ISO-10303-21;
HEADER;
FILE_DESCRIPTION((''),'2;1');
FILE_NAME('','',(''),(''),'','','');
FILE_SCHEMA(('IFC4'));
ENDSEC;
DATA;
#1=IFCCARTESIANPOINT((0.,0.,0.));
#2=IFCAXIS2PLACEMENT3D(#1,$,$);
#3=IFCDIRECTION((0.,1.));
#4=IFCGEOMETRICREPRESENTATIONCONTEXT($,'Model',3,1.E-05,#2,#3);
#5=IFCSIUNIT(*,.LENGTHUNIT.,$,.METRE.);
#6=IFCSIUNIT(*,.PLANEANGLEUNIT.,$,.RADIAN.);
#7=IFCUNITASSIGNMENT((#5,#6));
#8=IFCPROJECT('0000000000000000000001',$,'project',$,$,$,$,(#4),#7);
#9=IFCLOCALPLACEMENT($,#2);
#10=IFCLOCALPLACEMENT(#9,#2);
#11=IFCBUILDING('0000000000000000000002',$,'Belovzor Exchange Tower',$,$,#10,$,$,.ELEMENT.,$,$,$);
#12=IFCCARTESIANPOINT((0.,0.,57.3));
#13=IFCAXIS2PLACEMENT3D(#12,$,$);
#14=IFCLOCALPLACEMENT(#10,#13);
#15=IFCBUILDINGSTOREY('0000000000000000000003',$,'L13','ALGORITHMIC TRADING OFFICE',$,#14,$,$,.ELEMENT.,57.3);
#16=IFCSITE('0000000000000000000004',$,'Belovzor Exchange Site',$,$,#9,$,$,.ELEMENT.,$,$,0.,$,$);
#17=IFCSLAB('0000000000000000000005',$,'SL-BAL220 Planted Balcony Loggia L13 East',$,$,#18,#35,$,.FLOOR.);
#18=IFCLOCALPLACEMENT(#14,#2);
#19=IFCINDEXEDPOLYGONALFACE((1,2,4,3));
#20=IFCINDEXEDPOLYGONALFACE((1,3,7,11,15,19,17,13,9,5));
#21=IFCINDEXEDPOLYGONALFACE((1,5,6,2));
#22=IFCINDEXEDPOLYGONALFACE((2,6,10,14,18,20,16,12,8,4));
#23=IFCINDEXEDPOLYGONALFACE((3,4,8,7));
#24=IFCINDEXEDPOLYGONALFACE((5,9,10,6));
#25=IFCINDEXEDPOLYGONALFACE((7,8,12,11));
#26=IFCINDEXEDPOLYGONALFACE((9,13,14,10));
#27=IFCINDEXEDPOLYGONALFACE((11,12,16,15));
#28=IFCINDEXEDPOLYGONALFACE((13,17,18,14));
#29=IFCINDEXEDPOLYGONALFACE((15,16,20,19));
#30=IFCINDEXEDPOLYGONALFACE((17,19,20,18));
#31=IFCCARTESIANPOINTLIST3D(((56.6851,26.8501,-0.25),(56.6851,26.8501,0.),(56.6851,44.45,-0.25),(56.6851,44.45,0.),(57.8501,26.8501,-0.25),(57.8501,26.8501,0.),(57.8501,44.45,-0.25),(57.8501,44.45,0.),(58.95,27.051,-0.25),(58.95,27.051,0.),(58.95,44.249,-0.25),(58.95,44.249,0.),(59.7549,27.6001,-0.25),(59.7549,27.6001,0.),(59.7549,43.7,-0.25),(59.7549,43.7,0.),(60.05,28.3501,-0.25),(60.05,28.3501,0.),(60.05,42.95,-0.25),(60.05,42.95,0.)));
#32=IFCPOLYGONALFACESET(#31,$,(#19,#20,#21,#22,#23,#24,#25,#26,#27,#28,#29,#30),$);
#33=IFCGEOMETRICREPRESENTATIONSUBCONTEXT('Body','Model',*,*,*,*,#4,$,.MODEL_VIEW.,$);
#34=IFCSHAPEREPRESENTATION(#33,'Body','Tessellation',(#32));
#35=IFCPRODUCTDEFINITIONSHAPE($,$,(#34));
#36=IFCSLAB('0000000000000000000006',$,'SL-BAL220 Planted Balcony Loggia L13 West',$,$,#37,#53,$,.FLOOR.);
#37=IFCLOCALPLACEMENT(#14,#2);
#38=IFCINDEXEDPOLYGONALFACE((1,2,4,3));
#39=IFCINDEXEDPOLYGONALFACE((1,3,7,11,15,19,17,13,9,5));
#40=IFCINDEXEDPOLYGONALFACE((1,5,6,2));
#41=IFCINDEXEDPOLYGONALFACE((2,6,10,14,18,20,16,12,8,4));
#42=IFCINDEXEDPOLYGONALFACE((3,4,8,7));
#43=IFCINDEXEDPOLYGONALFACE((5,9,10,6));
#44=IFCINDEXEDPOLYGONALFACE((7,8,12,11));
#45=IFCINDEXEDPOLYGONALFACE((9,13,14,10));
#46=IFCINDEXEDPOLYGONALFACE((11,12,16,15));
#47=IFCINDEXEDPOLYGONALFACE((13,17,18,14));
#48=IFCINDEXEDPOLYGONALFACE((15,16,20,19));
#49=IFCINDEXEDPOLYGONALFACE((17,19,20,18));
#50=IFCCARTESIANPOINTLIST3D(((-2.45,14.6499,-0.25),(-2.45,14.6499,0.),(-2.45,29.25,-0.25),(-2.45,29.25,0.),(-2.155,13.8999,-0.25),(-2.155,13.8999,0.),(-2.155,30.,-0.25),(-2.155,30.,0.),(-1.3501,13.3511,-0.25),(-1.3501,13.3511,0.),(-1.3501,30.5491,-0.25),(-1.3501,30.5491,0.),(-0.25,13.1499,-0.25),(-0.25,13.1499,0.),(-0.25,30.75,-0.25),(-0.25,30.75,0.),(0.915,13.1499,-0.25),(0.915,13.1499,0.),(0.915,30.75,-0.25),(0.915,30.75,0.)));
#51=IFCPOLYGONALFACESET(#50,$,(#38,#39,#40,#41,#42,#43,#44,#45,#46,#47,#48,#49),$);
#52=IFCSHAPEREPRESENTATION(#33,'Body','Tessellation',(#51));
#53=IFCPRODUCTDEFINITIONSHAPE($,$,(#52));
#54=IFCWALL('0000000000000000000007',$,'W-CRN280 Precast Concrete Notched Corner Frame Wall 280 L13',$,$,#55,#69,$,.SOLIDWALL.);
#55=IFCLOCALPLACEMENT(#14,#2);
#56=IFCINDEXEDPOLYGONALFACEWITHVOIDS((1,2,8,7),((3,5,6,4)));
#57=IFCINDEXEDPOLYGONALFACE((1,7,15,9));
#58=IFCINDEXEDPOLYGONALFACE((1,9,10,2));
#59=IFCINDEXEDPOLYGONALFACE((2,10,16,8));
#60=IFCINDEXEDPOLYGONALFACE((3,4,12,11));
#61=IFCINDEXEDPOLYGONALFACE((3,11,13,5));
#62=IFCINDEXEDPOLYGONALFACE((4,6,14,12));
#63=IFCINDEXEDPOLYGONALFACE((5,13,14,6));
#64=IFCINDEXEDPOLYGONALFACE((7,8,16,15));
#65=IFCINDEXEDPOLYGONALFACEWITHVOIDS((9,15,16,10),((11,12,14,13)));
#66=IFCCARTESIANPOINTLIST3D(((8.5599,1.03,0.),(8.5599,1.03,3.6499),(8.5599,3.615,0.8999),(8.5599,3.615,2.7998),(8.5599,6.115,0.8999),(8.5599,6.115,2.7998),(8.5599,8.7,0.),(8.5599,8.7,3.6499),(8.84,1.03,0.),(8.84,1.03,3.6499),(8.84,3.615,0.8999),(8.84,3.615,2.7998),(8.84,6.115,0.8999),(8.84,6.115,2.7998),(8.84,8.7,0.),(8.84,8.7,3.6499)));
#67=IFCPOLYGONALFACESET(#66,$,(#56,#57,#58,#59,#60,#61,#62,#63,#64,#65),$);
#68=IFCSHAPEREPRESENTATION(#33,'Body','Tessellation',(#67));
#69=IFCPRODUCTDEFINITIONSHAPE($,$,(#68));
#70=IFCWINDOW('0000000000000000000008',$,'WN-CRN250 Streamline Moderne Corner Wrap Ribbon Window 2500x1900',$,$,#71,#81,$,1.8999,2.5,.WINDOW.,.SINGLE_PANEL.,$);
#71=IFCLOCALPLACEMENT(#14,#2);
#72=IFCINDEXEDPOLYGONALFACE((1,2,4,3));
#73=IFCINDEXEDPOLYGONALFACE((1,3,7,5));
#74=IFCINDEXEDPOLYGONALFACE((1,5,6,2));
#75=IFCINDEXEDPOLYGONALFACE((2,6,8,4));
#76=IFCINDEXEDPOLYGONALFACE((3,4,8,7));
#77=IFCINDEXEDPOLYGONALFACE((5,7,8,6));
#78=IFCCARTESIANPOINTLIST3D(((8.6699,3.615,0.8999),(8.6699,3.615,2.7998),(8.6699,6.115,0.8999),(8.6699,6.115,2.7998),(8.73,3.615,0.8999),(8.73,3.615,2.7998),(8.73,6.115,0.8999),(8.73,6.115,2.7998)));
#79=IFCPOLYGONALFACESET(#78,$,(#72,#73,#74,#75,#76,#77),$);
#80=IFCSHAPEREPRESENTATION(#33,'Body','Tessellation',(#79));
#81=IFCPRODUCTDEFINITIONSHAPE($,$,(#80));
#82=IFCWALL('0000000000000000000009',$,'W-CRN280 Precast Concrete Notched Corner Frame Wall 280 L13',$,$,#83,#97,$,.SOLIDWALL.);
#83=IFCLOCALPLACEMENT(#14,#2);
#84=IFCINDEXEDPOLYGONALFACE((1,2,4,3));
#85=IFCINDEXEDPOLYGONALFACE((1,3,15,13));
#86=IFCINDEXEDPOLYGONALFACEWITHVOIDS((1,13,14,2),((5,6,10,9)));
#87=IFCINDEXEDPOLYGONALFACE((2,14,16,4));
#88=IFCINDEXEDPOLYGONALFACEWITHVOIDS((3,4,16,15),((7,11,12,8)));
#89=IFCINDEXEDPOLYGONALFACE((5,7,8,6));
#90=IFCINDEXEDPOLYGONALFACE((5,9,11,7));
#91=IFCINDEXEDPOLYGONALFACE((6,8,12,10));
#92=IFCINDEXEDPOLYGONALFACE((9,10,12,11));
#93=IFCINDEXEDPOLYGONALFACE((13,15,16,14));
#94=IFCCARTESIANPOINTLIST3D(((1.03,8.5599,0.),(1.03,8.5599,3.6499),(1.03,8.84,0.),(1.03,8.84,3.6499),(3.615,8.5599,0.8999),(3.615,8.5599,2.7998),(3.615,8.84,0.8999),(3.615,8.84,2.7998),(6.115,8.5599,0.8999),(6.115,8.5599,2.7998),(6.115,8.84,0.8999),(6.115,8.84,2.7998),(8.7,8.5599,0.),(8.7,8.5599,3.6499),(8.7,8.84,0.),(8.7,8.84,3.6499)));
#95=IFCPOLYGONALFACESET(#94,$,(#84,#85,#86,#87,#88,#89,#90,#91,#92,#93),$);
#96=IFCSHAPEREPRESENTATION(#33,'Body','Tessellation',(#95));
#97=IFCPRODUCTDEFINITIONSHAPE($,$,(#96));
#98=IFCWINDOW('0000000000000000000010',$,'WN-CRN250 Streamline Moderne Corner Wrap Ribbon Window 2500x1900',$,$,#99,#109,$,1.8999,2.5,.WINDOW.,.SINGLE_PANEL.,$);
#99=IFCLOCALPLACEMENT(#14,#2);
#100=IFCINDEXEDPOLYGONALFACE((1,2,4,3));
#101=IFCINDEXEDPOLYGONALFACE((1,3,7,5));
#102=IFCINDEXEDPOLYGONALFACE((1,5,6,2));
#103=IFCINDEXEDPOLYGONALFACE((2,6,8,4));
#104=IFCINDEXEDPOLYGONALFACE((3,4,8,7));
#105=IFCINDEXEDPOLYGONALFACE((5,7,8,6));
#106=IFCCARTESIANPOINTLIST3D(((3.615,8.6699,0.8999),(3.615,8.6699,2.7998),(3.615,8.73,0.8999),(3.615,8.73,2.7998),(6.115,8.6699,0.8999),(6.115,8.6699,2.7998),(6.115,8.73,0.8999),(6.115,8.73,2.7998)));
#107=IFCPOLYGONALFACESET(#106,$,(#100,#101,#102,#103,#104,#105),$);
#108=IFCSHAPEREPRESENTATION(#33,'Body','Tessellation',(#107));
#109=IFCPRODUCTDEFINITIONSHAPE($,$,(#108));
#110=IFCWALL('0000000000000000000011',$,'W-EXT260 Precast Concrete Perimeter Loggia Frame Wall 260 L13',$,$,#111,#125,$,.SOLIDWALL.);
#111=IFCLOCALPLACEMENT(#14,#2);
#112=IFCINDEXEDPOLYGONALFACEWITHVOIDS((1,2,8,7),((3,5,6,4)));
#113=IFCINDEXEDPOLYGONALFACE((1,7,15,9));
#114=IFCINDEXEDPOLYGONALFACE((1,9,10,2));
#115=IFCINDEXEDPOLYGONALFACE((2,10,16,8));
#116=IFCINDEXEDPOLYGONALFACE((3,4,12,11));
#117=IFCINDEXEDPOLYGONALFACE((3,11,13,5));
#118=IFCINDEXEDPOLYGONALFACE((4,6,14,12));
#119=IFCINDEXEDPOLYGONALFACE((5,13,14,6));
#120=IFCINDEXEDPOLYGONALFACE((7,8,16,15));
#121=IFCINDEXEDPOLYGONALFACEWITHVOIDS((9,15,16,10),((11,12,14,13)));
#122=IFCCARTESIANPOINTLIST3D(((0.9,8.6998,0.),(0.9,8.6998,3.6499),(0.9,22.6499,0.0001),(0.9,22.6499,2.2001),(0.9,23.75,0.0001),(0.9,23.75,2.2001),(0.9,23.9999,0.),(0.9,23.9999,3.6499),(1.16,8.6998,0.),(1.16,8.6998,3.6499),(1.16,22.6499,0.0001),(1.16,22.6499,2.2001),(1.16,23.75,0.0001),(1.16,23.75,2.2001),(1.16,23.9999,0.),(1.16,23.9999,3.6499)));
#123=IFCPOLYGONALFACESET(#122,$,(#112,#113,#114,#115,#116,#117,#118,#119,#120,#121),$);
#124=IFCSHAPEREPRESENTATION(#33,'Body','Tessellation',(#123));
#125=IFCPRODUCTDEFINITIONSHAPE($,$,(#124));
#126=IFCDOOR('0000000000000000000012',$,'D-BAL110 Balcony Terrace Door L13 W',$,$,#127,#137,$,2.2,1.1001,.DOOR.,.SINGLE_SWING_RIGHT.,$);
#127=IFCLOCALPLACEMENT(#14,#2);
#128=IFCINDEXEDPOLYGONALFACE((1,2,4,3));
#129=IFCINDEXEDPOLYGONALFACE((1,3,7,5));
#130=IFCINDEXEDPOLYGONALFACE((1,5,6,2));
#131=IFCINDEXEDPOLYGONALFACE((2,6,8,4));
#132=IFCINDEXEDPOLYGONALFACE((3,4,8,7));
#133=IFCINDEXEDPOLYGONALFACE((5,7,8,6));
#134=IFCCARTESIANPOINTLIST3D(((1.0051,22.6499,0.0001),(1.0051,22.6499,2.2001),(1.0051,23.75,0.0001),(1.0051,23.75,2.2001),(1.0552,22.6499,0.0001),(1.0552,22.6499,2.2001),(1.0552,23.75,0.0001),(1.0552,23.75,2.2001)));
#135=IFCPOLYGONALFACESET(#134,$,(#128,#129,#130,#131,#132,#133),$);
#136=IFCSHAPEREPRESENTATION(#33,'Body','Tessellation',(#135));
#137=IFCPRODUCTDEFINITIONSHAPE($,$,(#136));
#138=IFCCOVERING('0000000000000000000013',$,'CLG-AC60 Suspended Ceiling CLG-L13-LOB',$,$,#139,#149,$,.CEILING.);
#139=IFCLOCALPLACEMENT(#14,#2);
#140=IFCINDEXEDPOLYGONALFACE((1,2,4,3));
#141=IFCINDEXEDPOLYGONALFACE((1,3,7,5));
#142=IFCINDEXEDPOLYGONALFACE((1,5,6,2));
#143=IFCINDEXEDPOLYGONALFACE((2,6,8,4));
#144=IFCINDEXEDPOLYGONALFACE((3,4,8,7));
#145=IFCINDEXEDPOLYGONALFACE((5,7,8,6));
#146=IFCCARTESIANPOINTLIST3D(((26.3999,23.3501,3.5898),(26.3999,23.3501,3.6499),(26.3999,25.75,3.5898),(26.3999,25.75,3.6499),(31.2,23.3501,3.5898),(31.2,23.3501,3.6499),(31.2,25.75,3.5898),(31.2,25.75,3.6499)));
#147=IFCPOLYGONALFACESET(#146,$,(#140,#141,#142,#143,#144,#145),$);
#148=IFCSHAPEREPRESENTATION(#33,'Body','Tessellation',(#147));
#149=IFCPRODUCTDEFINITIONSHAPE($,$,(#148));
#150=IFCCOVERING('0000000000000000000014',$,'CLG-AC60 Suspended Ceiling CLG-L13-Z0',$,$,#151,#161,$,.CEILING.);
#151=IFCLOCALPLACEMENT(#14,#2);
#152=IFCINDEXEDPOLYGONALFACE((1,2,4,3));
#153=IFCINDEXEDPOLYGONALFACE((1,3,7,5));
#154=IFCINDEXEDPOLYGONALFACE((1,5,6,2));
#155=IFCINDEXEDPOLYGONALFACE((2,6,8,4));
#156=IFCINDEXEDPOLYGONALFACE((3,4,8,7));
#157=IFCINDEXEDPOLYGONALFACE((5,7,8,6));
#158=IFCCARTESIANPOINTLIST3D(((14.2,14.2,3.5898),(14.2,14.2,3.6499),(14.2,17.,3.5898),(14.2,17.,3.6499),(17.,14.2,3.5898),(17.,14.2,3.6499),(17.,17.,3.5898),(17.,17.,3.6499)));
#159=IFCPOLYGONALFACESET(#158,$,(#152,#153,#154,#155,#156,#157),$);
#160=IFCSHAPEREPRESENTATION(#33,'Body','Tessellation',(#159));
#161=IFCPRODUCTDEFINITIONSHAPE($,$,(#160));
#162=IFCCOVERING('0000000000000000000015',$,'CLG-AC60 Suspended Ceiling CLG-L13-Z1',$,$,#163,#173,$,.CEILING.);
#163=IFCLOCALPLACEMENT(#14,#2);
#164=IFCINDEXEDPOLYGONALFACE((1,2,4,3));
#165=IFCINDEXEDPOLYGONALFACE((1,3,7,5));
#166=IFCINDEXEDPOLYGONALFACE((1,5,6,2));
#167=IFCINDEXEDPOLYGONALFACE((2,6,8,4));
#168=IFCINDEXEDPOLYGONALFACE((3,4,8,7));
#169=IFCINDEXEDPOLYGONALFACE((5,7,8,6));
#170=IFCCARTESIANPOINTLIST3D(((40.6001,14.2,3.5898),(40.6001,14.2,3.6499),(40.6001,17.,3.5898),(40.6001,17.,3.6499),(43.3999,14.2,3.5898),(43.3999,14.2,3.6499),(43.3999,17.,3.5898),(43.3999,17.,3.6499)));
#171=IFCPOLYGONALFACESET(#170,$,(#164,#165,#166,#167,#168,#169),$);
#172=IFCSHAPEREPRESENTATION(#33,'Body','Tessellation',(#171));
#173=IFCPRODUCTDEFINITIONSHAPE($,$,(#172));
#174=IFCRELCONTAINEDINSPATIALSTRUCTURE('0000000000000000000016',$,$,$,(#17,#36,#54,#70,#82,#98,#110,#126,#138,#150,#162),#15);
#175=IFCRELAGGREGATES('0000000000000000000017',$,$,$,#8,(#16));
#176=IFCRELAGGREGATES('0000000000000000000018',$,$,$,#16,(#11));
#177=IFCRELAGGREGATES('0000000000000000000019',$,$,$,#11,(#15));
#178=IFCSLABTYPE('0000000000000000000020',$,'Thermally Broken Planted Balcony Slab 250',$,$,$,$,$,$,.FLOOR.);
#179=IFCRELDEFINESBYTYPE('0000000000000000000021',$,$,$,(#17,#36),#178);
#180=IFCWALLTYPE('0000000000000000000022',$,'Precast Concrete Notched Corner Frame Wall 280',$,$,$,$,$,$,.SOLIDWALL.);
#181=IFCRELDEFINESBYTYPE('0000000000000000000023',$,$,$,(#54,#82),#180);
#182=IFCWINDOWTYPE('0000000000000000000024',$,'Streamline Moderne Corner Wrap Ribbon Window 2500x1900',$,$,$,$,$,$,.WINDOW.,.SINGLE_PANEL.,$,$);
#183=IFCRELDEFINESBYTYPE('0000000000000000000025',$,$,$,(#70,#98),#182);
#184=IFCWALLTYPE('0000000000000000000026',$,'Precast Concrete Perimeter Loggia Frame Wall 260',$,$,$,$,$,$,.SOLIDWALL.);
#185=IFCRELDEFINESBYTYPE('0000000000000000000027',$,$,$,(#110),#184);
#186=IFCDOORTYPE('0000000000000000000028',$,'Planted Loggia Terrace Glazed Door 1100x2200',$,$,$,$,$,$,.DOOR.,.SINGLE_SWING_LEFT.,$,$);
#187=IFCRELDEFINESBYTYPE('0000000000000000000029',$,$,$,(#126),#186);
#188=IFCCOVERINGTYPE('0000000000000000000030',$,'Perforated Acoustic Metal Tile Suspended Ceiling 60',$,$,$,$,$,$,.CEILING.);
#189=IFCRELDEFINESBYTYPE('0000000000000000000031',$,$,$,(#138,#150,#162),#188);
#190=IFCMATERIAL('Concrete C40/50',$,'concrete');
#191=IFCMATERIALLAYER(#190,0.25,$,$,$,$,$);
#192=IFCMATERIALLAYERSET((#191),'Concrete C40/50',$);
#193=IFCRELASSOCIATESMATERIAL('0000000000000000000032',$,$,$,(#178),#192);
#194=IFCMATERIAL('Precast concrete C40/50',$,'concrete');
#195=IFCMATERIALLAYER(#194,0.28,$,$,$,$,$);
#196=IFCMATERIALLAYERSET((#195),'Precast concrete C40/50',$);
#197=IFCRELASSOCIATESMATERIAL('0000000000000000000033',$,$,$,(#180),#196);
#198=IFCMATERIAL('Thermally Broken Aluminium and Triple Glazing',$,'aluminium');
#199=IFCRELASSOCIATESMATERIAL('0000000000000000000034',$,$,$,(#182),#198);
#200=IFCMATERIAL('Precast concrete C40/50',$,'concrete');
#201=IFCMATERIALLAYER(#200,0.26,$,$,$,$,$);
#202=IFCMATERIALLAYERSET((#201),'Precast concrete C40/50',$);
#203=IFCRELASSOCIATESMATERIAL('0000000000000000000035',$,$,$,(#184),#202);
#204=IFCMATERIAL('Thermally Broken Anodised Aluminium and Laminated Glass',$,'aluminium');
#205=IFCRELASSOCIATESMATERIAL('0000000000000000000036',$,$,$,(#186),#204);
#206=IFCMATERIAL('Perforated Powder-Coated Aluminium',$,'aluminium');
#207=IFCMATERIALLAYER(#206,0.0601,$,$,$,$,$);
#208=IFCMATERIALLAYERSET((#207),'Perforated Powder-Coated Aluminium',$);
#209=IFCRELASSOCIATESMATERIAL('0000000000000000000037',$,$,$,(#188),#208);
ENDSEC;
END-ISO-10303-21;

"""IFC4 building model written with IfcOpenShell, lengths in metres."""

from ifc_helpers import new_model, si_unit, direction, frame, frame_2d, origin, place, context, subcontext, project, spatial, polyline, rectangle, outline, extrude, material, layer, layer_set, type_object, element, fill, save


model = new_model("IFC4")

# Units and contexts
model_context = context("Model", 3, precision=1e-05, world=origin(), true_north=direction((0.0, 1.0)))
body_context = subcontext(model_context, "Body", "Model", "MODEL_VIEW")
ifc_project = project(units=[si_unit("LENGTHUNIT", "METRE"), si_unit("PLANEANGLEUNIT", "RADIAN")], contexts=[model_context])

# Site, building, storey
site_placement = place(None, origin())
site = spatial("IfcSite", under=ifc_project, at=site_placement, Name="Belovzor Exchange Site", CompositionType="ELEMENT", RefElevation=0.0)
building_placement = place(site_placement, origin())
building = spatial("IfcBuilding", under=site, at=building_placement, Name="Belovzor Exchange Tower", CompositionType="ELEMENT")
storey_placement = place(building_placement, frame((0.0, 0.0, 57.3)))
storey = spatial("IfcBuildingStorey", under=building, at=storey_placement, Name="L13", Description="ALGORITHMIC TRADING OFFICE", CompositionType="ELEMENT", Elevation=57.3)

# Slabs
ifc_material_1 = material(Name="Concrete C40/50", Category="concrete")
ifc_layer_1 = layer(ifc_material_1, 0.25)
ifc_layer_set_1 = layer_set([ifc_layer_1], Name="Concrete C40/50")
slab_type_1 = type_object("IfcSlabType", Name="Thermally Broken Planted Balcony Slab 250", PredefinedType="FLOOR", material=ifc_layer_set_1)
slab_1_placement = place(storey_placement, frame((0.0, 0.0, -0.25)))
element("IfcSlab", 1, at=slab_1_placement, inside=storey, type_object=slab_type_1, Name="SL-BAL220 Planted Balcony Loggia L13 East", PredefinedType="FLOOR", context=body_context, shape_type="SweptSolid", body=[
    extrude(outline(polyline([(56.6851, 26.8501), (57.8501, 26.8501), (58.95, 27.051), (59.7549, 27.6001), (60.05, 28.3501), (60.05, 42.95), (59.7549, 43.7), (58.95, 44.249), (57.8501, 44.45), (56.6851, 44.45), (56.6851, 26.8501)])), origin(), (0.0, 0.0, 1.0), 0.25),
])
slab_2_placement = place(storey_placement, frame((0.0, 0.0, -0.25)))
element("IfcSlab", 2, at=slab_2_placement, inside=storey, type_object=slab_type_1, Name="SL-BAL220 Planted Balcony Loggia L13 West", PredefinedType="FLOOR", context=body_context, shape_type="SweptSolid", body=[
    extrude(outline(polyline([(0.915, 30.75), (-0.25, 30.75), (-1.3501, 30.5491), (-2.155, 30.0), (-2.45, 29.25), (-2.45, 14.6499), (-2.155, 13.8999), (-1.3501, 13.3511), (-0.25, 13.1499), (0.915, 13.1499), (0.915, 30.75)])), origin(), (0.0, 0.0, 1.0), 0.25),
])

# Walls, openings, windows
ifc_material_2 = material(Name="Precast concrete C40/50", Category="concrete")
ifc_layer_2 = layer(ifc_material_2, 0.28)
ifc_layer_set_2 = layer_set([ifc_layer_2], Name="Precast concrete C40/50")
wall_type_1 = type_object("IfcWallType", Name="Precast Concrete Notched Corner Frame Wall 280", PredefinedType="SOLIDWALL", material=ifc_layer_set_2)
wall_1_placement = place(storey_placement, frame((8.7, 1.03, 0.0), z_axis=(0.0, 0.0, 1.0), x_axis=(0.0, 1.0, 0.0)))
wall_1 = element("IfcWall", 3, at=wall_1_placement, inside=storey, type_object=wall_type_1, Name="W-CRN280 Precast Concrete Notched Corner Frame Wall 280 L13", PredefinedType="SOLIDWALL", context=body_context, shape_type="SweptSolid", body=[
    extrude(rectangle(XDim=7.6699, YDim=0.28, at=frame_2d((3.835, 0.0))), origin(), (0.0, 0.0, 1.0), 3.6499),
])
opening_1_placement = place(wall_1_placement, frame((2.585, 0.0, 0.8999)))
opening_1 = element("IfcOpeningElement", 4, at=opening_1_placement, cuts=wall_1, PredefinedType="OPENING", context=body_context, shape_type="SweptSolid", body=[
    extrude(rectangle(XDim=2.5, YDim=1.8999, at=frame_2d((1.25, 0.95))), frame((0.0, 0.1499, 0.0), z_axis=(0.0, -1.0, 0.0), x_axis=(1.0, 0.0, 0.0)), (0.0, 0.0, 1.0), 0.3),
])
ifc_material_3 = material(Name="Thermally Broken Aluminium and Triple Glazing", Category="aluminium")
window_type = type_object("IfcWindowType", Name="Streamline Moderne Corner Wrap Ribbon Window 2500x1900", PartitioningType="SINGLE_PANEL", PredefinedType="WINDOW", material=ifc_material_3)
window_1_placement = place(opening_1_placement, origin())
window_1 = element("IfcWindow", 5, at=window_1_placement, inside=storey, type_object=window_type, Name="WN-CRN250 Streamline Moderne Corner Wrap Ribbon Window 2500x1900", OverallHeight=1.8999, OverallWidth=2.5, PartitioningType="SINGLE_PANEL", PredefinedType="WINDOW", context=body_context, shape_type="SweptSolid", body=[
    extrude(rectangle(XDim=2.5, YDim=1.8999, at=frame_2d((1.25, 0.95))), frame((0.0, 0.03, 0.0), z_axis=(0.0, -1.0, 0.0), x_axis=(1.0, 0.0, 0.0)), (0.0, 0.0, 1.0), 0.0601),
])
fill(opening_1, window_1)
wall_2_placement = place(storey_placement, frame((8.7, 8.7, 0.0), z_axis=(0.0, 0.0, 1.0), x_axis=(-1.0, 0.0, 0.0)))
wall_2 = element("IfcWall", 6, at=wall_2_placement, inside=storey, type_object=wall_type_1, Name="W-CRN280 Precast Concrete Notched Corner Frame Wall 280 L13", PredefinedType="SOLIDWALL", context=body_context, shape_type="SweptSolid", body=[
    extrude(rectangle(XDim=7.6699, YDim=0.28, at=frame_2d((3.835, 0.0))), origin(), (0.0, 0.0, 1.0), 3.6499),
])
opening_2_placement = place(wall_2_placement, frame((2.585, 0.0, 0.8999)))
opening_2 = element("IfcOpeningElement", 7, at=opening_2_placement, cuts=wall_2, PredefinedType="OPENING", context=body_context, shape_type="SweptSolid", body=[
    extrude(rectangle(XDim=2.5, YDim=1.8999, at=frame_2d((1.25, 0.95))), frame((0.0, 0.1499, 0.0), z_axis=(0.0, -1.0, 0.0), x_axis=(1.0, 0.0, 0.0)), (0.0, 0.0, 1.0), 0.3),
])
window_2_placement = place(opening_2_placement, origin())
window_2 = element("IfcWindow", 8, at=window_2_placement, inside=storey, type_object=window_type, Name="WN-CRN250 Streamline Moderne Corner Wrap Ribbon Window 2500x1900", OverallHeight=1.8999, OverallWidth=2.5, PartitioningType="SINGLE_PANEL", PredefinedType="WINDOW", context=body_context, shape_type="SweptSolid", body=[
    extrude(rectangle(XDim=2.5, YDim=1.8999, at=frame_2d((1.25, 0.95))), frame((0.0, 0.03, 0.0), z_axis=(0.0, -1.0, 0.0), x_axis=(1.0, 0.0, 0.0)), (0.0, 0.0, 1.0), 0.0601),
])
fill(opening_2, window_2)

# Wall, opening, door
ifc_material_4 = material(Name="Precast concrete C40/50", Category="concrete")
ifc_layer_3 = layer(ifc_material_4, 0.26)
ifc_layer_set_3 = layer_set([ifc_layer_3], Name="Precast concrete C40/50")
wall_type_2 = type_object("IfcWallType", Name="Precast Concrete Perimeter Loggia Frame Wall 260", PredefinedType="SOLIDWALL", material=ifc_layer_set_3)
wall_3_placement = place(storey_placement, frame((1.03, 8.7, 0.0), z_axis=(0.0, 0.0, 1.0), x_axis=(0.0, 1.0, 0.0)))
wall_3 = element("IfcWall", 9, at=wall_3_placement, inside=storey, type_object=wall_type_2, Name="W-EXT260 Precast Concrete Perimeter Loggia Frame Wall 260 L13", PredefinedType="SOLIDWALL", context=body_context, shape_type="SweptSolid", body=[
    extrude(rectangle(XDim=15.3, YDim=0.26, at=frame_2d((7.6499, 0.0))), origin(), (0.0, 0.0, 1.0), 3.6499),
])
opening_3_placement = place(wall_3_placement, frame((13.95, 0.0, 0.0)))
opening_3 = element("IfcOpeningElement", 10, at=opening_3_placement, cuts=wall_3, PredefinedType="OPENING", context=body_context, shape_type="SweptSolid", body=[
    extrude(rectangle(XDim=1.1001, YDim=2.2, at=frame_2d((0.55, 1.1001))), frame((0.0, 0.1399, 0.0), z_axis=(0.0, -1.0, 0.0), x_axis=(1.0, 0.0, 0.0)), (0.0, 0.0, 1.0), 0.28),
])
ifc_material_5 = material(Name="Thermally Broken Anodised Aluminium and Laminated Glass", Category="aluminium")
door_type = type_object("IfcDoorType", Name="Planted Loggia Terrace Glazed Door 1100x2200", OperationType="SINGLE_SWING_LEFT", PredefinedType="DOOR", material=ifc_material_5)
door_placement = place(opening_3_placement, origin())
door = element("IfcDoor", 11, at=door_placement, inside=storey, type_object=door_type, Name="D-BAL110 Balcony Terrace Door L13 W", OperationType="SINGLE_SWING_RIGHT", OverallHeight=2.2, OverallWidth=1.1001, PredefinedType="DOOR", context=body_context, shape_type="SweptSolid", body=[
    extrude(rectangle(XDim=1.1001, YDim=2.2, at=frame_2d((0.55, 1.1001))), frame((0.0, 0.0249, 0.0), z_axis=(0.0, -1.0, 0.0), x_axis=(1.0, 0.0, 0.0)), (0.0, 0.0, 1.0), 0.05),
])
fill(opening_3, door)

# Coverings
ifc_material_6 = material(Name="Perforated Powder-Coated Aluminium", Category="aluminium")
ifc_layer_4 = layer(ifc_material_6, 0.0601)
ifc_layer_set_4 = layer_set([ifc_layer_4], Name="Perforated Powder-Coated Aluminium")
covering_type_1 = type_object("IfcCoveringType", Name="Perforated Acoustic Metal Tile Suspended Ceiling 60", PredefinedType="CEILING", material=ifc_layer_set_4)
covering_1_placement = place(storey_placement, frame((0.0, 0.0, 3.5898)))
element("IfcCovering", 12, at=covering_1_placement, inside=storey, type_object=covering_type_1, Name="CLG-AC60 Suspended Ceiling CLG-L13-LOB", PredefinedType="CEILING", context=body_context, shape_type="SweptSolid", body=[
    extrude(outline(polyline([(26.3999, 23.3501), (31.2, 23.3501), (31.2, 25.75), (26.3999, 25.75), (26.3999, 23.3501)])), origin(), (0.0, 0.0, 1.0), 0.0601),
])
covering_2_placement = place(storey_placement, frame((0.0, 0.0, 3.5898)))
element("IfcCovering", 13, at=covering_2_placement, inside=storey, type_object=covering_type_1, Name="CLG-AC60 Suspended Ceiling CLG-L13-Z0", PredefinedType="CEILING", context=body_context, shape_type="SweptSolid", body=[
    extrude(outline(polyline([(14.2, 14.2), (17.0, 14.2), (17.0, 17.0), (14.2, 17.0), (14.2, 14.2)])), origin(), (0.0, 0.0, 1.0), 0.0601),
])
covering_3_placement = place(storey_placement, frame((0.0, 0.0, 3.5898)))
element("IfcCovering", 14, at=covering_3_placement, inside=storey, type_object=covering_type_1, Name="CLG-AC60 Suspended Ceiling CLG-L13-Z1", PredefinedType="CEILING", context=body_context, shape_type="SweptSolid", body=[
    extrude(outline(polyline([(40.6001, 14.2), (43.3999, 14.2), (43.3999, 17.0), (40.6001, 17.0), (40.6001, 14.2)])), origin(), (0.0, 0.0, 1.0), 0.0601),
])

save(model, "model.ifc")
